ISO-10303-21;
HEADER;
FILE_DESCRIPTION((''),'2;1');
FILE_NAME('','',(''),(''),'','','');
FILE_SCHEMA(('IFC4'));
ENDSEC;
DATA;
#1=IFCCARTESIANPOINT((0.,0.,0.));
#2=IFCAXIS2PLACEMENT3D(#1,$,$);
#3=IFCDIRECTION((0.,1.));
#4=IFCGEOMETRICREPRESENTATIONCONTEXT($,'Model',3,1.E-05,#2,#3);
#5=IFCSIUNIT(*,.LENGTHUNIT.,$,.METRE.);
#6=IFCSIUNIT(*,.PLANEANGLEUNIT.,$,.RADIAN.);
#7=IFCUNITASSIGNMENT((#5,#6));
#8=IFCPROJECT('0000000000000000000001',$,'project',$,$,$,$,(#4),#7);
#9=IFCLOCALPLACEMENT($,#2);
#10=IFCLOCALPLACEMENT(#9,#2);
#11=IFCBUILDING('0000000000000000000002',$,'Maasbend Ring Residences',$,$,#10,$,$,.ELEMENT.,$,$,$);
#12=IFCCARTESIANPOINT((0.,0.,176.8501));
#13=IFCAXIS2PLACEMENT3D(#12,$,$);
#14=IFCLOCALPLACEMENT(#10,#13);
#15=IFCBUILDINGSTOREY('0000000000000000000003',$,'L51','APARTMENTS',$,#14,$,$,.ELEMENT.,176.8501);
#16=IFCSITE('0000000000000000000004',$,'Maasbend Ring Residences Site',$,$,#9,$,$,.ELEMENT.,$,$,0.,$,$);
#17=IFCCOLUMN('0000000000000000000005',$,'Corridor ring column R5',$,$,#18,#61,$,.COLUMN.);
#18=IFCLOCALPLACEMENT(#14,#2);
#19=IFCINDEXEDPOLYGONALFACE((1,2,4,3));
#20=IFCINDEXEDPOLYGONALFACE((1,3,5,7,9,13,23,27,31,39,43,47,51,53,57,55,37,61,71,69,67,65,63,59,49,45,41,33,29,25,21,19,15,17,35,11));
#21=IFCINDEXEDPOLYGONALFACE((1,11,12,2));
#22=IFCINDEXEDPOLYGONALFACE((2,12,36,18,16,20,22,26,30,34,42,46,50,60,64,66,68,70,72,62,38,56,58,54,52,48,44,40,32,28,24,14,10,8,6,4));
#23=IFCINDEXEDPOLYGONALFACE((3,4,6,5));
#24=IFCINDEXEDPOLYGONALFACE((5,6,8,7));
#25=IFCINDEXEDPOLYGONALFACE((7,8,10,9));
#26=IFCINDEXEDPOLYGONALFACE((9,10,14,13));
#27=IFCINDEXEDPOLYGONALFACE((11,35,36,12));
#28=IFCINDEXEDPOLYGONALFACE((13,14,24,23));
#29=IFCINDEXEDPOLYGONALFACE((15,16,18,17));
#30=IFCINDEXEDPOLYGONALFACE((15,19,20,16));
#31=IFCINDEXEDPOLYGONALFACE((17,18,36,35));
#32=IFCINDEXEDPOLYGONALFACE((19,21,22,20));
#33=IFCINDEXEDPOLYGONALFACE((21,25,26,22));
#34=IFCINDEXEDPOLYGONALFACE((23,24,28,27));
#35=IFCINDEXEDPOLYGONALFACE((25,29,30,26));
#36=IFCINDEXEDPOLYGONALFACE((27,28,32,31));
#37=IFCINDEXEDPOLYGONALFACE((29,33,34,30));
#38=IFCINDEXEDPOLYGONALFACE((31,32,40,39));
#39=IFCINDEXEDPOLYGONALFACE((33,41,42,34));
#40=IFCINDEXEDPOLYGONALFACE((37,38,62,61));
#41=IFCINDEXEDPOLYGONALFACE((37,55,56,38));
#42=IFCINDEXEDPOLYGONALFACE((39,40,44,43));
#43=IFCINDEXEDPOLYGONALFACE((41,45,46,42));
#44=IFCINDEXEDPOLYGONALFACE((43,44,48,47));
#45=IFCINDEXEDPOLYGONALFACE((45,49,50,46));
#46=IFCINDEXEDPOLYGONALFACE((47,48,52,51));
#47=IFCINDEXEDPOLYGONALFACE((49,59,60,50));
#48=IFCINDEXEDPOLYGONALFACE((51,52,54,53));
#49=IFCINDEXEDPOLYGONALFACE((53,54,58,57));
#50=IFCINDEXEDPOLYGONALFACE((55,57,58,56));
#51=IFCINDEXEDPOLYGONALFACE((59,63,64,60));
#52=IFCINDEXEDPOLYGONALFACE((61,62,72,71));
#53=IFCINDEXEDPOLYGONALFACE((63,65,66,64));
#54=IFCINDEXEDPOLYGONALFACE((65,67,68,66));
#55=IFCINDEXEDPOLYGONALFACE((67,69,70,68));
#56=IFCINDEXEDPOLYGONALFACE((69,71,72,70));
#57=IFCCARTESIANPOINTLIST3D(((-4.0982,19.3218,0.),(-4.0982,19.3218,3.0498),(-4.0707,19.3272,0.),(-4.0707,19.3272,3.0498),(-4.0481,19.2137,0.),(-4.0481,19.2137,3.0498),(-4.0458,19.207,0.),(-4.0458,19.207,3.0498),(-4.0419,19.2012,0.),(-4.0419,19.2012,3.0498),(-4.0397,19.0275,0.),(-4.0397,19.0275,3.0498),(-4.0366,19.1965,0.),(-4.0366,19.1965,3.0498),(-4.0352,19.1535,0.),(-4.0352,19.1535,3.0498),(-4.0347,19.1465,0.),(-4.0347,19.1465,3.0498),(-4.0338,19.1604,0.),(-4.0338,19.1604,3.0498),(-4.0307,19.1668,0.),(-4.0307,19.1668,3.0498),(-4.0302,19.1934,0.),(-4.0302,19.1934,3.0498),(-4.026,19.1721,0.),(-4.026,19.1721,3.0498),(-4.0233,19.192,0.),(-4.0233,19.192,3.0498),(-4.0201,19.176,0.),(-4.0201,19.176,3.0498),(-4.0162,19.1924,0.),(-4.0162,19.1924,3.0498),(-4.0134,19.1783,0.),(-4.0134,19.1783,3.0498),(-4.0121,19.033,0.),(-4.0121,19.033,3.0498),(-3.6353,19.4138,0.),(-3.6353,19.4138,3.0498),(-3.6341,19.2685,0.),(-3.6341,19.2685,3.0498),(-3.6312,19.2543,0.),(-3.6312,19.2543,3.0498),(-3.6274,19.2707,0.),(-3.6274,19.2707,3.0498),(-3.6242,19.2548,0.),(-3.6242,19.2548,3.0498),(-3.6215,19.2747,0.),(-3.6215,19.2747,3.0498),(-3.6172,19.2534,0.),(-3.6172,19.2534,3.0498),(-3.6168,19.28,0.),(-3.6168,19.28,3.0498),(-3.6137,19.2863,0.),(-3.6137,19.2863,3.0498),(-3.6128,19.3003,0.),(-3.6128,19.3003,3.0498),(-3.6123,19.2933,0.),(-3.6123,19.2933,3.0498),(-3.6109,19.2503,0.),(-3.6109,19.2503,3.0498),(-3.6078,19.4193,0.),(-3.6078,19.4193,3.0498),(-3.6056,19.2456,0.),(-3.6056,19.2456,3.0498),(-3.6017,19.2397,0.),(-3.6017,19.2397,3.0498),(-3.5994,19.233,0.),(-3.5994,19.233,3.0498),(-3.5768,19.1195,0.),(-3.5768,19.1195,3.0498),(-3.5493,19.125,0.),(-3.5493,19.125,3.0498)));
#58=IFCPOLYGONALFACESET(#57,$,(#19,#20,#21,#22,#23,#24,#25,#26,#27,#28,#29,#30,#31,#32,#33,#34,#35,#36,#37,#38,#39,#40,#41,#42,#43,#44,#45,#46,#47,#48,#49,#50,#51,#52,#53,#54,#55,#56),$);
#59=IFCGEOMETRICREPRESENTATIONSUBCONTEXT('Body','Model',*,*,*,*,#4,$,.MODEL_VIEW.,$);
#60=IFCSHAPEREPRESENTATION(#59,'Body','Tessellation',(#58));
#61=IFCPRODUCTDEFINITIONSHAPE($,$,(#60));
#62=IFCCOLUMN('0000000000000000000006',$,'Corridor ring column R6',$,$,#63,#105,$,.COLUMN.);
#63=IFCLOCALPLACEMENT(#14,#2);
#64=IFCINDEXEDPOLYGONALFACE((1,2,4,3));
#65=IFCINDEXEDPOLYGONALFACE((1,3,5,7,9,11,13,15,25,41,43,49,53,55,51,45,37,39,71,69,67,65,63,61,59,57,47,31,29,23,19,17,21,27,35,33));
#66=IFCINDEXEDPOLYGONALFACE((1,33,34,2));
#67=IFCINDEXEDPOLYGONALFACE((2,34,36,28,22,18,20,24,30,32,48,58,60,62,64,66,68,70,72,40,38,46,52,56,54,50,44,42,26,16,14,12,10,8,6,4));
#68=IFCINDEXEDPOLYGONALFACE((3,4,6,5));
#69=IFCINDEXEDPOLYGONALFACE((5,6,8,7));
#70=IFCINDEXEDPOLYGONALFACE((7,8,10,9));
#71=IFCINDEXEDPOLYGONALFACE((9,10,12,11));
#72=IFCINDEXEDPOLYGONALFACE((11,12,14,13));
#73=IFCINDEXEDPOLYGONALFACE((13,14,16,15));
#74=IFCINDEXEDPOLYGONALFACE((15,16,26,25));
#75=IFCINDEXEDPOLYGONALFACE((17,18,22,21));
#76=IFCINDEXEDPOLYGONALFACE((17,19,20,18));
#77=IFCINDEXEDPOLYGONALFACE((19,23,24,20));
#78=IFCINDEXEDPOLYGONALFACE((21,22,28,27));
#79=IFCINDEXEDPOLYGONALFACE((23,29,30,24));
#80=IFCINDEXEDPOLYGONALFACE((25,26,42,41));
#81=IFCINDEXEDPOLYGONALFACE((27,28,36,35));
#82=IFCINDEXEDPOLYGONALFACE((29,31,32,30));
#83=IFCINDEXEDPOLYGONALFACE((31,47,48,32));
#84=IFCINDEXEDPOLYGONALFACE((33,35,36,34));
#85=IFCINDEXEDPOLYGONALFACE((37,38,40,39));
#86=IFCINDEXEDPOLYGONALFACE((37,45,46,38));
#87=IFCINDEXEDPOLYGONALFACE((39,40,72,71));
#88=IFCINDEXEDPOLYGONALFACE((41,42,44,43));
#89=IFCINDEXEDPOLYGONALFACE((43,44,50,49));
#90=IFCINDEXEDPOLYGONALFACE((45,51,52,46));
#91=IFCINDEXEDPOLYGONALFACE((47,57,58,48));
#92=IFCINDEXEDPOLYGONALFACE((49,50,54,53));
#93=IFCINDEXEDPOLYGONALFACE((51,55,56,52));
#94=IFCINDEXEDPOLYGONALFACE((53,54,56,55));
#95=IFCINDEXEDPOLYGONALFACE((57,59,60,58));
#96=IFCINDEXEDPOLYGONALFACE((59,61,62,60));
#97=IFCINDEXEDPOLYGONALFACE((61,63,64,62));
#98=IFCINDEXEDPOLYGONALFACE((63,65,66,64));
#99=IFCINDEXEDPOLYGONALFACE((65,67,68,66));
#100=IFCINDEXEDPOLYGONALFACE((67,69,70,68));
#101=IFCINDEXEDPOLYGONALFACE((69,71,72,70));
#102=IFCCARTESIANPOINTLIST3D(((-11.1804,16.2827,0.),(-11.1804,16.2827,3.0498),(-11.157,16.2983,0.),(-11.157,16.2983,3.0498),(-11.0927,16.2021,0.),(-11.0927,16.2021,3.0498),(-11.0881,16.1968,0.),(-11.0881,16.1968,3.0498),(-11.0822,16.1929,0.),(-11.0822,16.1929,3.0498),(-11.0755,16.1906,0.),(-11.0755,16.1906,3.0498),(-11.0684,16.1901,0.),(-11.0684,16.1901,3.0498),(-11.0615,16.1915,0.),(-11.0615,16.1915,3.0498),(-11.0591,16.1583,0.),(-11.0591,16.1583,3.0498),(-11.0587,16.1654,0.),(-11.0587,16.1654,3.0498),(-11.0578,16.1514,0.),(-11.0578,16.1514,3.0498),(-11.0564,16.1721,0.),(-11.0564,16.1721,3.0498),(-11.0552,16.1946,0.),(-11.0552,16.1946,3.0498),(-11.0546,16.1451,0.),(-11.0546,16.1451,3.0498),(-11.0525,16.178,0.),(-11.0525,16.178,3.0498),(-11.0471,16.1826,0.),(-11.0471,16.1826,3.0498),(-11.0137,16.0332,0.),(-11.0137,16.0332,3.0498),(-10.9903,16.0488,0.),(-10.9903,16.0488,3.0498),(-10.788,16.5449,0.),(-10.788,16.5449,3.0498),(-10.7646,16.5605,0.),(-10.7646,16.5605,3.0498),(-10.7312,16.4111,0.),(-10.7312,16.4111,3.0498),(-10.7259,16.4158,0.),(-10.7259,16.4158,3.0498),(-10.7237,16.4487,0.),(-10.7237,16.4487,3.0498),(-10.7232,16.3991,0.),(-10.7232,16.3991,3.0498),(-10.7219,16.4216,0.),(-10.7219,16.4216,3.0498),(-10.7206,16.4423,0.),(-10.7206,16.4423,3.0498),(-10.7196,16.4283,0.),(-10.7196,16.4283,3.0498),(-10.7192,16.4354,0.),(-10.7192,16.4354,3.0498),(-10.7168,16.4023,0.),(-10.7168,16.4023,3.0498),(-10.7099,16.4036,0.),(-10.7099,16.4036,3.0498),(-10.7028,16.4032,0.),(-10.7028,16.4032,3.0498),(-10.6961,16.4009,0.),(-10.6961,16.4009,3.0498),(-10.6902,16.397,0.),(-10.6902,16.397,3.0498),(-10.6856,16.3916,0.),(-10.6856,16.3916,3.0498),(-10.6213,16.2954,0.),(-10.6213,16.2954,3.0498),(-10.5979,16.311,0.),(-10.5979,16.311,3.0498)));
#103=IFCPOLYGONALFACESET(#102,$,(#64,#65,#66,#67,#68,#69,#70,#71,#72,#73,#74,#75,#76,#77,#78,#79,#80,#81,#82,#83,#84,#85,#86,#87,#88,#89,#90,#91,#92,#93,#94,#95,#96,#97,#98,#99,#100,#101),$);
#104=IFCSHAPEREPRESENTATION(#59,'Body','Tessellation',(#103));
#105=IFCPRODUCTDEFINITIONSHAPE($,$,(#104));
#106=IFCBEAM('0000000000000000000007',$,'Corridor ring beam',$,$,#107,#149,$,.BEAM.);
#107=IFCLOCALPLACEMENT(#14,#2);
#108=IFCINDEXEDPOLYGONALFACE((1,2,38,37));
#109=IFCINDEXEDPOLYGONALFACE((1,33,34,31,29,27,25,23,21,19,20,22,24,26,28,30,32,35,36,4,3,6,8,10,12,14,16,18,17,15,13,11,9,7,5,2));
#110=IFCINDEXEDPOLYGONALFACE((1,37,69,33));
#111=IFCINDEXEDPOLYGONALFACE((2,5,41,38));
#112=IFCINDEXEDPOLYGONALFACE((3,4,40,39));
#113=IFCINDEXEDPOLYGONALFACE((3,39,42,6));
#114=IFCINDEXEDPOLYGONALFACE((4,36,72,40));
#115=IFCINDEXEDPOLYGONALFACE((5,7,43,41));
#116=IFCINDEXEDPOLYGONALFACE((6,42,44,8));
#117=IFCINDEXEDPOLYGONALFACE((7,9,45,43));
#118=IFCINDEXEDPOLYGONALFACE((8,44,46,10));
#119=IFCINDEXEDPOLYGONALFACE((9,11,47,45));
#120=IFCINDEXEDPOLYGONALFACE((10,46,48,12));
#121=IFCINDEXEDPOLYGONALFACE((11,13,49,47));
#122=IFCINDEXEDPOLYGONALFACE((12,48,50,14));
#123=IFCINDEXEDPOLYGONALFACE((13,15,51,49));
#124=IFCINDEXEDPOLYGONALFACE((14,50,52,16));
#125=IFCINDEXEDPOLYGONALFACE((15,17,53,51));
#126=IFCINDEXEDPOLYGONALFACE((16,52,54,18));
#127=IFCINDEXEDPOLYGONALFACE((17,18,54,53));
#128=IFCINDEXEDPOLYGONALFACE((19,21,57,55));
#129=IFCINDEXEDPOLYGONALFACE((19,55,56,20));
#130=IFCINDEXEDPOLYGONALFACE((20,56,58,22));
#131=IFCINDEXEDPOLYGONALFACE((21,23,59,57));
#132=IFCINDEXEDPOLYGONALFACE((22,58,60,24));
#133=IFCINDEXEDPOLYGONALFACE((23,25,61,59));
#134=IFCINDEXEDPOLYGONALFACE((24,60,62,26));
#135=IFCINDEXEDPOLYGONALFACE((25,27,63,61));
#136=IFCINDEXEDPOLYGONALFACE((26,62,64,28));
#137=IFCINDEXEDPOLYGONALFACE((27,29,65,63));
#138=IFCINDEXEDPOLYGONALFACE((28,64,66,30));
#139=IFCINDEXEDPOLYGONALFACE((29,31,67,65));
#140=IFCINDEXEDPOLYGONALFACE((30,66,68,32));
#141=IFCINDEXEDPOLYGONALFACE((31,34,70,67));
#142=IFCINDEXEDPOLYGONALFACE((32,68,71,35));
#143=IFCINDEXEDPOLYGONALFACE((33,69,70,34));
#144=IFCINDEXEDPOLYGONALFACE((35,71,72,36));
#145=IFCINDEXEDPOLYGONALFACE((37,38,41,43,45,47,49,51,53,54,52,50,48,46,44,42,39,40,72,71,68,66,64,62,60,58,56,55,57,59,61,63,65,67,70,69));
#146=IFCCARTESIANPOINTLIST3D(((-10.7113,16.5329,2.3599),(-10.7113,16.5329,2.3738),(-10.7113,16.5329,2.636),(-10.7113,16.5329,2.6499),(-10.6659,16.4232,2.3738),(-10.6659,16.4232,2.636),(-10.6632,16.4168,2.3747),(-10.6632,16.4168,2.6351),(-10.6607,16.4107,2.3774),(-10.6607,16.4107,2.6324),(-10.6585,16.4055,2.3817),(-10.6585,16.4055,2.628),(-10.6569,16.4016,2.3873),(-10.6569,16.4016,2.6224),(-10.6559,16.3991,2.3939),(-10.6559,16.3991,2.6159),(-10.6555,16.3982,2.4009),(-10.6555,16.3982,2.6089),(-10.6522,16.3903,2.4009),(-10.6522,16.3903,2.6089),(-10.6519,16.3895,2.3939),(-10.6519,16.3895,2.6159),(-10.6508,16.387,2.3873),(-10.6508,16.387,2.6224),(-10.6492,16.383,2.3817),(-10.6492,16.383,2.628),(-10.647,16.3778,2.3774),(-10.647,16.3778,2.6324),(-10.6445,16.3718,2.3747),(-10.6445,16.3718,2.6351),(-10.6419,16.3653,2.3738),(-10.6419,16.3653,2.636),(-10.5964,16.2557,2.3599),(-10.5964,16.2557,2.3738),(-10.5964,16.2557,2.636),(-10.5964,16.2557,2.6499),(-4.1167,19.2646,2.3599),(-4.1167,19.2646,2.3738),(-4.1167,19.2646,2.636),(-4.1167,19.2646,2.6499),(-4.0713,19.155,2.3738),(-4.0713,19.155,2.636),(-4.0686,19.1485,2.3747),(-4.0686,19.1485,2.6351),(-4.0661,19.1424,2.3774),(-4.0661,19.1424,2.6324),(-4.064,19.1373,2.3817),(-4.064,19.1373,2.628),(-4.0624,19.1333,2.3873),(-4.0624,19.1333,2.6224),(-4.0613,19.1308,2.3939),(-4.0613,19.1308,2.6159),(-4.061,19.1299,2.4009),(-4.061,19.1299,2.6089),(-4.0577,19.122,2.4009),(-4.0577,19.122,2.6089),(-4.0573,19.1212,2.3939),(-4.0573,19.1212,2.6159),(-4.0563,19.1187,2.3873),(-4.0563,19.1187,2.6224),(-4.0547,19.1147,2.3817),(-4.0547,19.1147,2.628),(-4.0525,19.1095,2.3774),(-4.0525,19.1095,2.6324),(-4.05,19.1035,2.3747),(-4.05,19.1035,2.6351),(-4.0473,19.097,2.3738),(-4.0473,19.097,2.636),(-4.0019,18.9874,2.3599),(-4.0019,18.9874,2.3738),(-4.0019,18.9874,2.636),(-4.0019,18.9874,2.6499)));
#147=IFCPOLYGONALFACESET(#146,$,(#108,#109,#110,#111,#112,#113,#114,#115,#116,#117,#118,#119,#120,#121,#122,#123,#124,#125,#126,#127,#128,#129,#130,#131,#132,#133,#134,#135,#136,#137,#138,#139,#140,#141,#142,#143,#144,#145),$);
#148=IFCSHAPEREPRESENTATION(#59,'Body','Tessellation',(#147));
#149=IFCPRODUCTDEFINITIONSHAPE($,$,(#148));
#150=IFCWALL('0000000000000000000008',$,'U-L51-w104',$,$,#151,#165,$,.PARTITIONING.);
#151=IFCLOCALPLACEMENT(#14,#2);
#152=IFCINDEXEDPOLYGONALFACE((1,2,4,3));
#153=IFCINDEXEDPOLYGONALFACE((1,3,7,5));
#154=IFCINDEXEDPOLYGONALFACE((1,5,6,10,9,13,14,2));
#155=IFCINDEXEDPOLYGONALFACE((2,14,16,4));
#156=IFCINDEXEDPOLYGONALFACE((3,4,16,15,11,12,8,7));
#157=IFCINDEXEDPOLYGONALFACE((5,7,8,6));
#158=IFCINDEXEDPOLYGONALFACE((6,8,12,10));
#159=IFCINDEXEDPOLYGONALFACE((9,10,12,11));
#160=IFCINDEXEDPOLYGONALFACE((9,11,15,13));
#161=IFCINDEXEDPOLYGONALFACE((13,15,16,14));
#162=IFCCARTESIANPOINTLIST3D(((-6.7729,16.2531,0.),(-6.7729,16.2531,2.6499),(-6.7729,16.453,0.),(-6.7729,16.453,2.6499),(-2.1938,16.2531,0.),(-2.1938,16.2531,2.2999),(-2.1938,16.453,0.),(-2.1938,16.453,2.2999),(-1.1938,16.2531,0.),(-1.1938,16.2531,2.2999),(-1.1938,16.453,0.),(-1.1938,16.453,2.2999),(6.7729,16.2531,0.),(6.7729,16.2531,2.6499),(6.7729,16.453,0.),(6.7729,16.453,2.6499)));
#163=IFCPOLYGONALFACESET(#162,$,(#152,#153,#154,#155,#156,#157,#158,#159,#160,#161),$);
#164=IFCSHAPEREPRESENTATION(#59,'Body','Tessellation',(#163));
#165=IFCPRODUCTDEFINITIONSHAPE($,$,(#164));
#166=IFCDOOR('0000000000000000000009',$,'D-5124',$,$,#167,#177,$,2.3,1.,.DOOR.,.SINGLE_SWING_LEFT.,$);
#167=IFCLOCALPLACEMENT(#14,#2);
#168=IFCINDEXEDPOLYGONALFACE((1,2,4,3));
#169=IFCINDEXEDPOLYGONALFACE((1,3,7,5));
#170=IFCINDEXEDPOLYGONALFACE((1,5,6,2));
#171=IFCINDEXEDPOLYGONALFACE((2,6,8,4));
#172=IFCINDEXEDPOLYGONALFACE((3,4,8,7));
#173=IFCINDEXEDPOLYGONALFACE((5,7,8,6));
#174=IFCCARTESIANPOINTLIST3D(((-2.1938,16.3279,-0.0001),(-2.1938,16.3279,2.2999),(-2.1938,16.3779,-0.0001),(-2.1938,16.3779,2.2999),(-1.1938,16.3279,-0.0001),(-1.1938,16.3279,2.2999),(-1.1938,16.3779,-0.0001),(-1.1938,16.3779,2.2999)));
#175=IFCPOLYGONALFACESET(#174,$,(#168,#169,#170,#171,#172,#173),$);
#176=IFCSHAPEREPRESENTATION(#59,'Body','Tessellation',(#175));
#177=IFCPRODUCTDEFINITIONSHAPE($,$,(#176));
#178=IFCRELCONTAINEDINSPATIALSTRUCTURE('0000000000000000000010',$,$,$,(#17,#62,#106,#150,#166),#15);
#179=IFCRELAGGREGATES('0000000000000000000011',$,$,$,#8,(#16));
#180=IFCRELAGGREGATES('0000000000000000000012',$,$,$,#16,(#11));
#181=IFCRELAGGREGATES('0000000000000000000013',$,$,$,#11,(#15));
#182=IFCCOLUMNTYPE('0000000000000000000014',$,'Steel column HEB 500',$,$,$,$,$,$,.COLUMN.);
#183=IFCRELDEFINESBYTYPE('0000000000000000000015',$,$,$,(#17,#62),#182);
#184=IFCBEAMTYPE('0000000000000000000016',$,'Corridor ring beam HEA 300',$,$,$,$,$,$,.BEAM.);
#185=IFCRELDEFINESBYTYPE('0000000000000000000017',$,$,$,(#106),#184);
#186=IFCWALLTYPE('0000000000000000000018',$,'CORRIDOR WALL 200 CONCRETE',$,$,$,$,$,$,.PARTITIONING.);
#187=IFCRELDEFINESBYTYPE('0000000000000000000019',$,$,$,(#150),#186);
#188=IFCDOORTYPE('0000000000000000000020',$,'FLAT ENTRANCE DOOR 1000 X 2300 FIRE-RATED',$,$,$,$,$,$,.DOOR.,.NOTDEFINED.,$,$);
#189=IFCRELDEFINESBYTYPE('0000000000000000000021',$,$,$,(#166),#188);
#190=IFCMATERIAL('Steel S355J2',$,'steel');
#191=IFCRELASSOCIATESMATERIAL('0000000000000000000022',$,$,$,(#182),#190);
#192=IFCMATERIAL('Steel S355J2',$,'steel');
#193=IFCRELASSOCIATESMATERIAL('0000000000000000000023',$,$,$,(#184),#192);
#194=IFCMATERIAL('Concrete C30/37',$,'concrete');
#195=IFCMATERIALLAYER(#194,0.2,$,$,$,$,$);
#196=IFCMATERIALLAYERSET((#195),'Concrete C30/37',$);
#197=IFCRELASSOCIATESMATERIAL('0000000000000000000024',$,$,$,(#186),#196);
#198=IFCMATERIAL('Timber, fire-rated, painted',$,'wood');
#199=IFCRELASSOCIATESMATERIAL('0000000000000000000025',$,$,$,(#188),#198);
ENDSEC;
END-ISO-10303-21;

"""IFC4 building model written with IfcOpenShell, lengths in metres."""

from ifc_helpers import new_model, si_unit, direction, frame, frame_2d, origin, origin_2d, place, context, subcontext, project, spatial, rectangle, i_section, extrude, material, layer, layer_set, material_profile, profile_set, type_object, element, fill, save


model = new_model("IFC4")

# Units and contexts
model_context = context("Model", 3, precision=1e-05, world=origin(), true_north=direction((0.0, 1.0)))
body_context = subcontext(model_context, "Body", "Model", "MODEL_VIEW")
ifc_project = project(units=[si_unit("LENGTHUNIT", "METRE"), si_unit("PLANEANGLEUNIT", "RADIAN")], contexts=[model_context])

# Site, building, storey
site_placement = place(None, origin())
site = spatial("IfcSite", under=ifc_project, at=site_placement, Name="Maasbend Ring Residences Site", CompositionType="ELEMENT", RefElevation=0.0)
building_placement = place(site_placement, origin())
building = spatial("IfcBuilding", under=site, at=building_placement, Name="Maasbend Ring Residences", CompositionType="ELEMENT")
storey_placement = place(building_placement, frame((0.0, 0.0, 176.8501)))
storey = spatial("IfcBuildingStorey", under=building, at=storey_placement, Name="L51", Description="APARTMENTS", CompositionType="ELEMENT", Elevation=176.8501)

# Columns
ifc_material_1 = material(Name="Steel S355J2", Category="steel")
ifc_material_profile_1 = material_profile(ifc_material_1, i_section(OverallWidth=0.3, OverallDepth=0.5, WebThickness=0.0144, FlangeThickness=0.0281, FilletRadius=0.0271, at=origin_2d()), Name="HEB 500")
ifc_profile_set_1 = profile_set([ifc_material_profile_1], Name="Steel S355J2")
column_type = type_object("IfcColumnType", Name="Steel column HEB 500", PredefinedType="COLUMN", material=ifc_profile_set_1)
for number, where, z_axis, x_axis, name in (
    (1, (-3.8237, 19.2234, 0.0), (0.0, 0.0, 1.0), (-0.19509, 0.980785, 0.0), "Corridor ring column R5"),
    (2, (-10.8892, 16.2969, 0.0), (0.0, 0.0, 1.0), (-0.55557, 0.83147, 0.0), "Corridor ring column R6"),
):
    element("IfcColumn", number, at=place(storey_placement, frame(where, z_axis=z_axis, x_axis=x_axis)), inside=storey, type_object=column_type, Name=name, PredefinedType="COLUMN", context=body_context, shape_type="SweptSolid", body=[
        extrude(i_section(OverallWidth=0.3, OverallDepth=0.5, WebThickness=0.0144, FlangeThickness=0.0281, FilletRadius=0.0271, at=origin_2d()), origin(), (0.0, 0.0, 1.0), 3.0498),
    ])

# Beam
ifc_material_2 = material(Name="Steel S355J2", Category="steel")
ifc_material_profile_2 = material_profile(ifc_material_2, i_section(OverallWidth=0.3, OverallDepth=0.29, WebThickness=0.0085, FlangeThickness=0.0139, FilletRadius=0.0271, at=origin_2d()), Name="HEA 300")
ifc_profile_set_2 = profile_set([ifc_material_profile_2], Name="Steel S355J2")
beam_type = type_object("IfcBeamType", Name="Corridor ring beam HEA 300", PredefinedType="BEAM", material=ifc_profile_set_2)
beam_placement = place(storey_placement, frame((-4.0593, 19.126, 2.5049), z_axis=(-0.923871, -0.382703, 0.0), x_axis=(0.382703, -0.923871, 0.0)))
element("IfcBeam", 3, at=beam_placement, inside=storey, type_object=beam_type, Name="Corridor ring beam", PredefinedType="BEAM", context=body_context, shape_type="SweptSolid", body=[
    extrude(i_section(OverallWidth=0.3, OverallDepth=0.29, WebThickness=0.0085, FlangeThickness=0.0139, FilletRadius=0.0271, at=origin_2d()), origin(), (0.0, 0.0, 1.0), 7.1379),
])

# Wall, opening, door
ifc_material_3 = material(Name="Concrete C30/37", Category="concrete")
ifc_layer_1 = layer(ifc_material_3, 0.2)
ifc_layer_set_1 = layer_set([ifc_layer_1], Name="Concrete C30/37")
wall_type_1 = type_object("IfcWallType", Name="CORRIDOR WALL 200 CONCRETE", PredefinedType="PARTITIONING", material=ifc_layer_set_1)
wall_1_placement = place(storey_placement, frame((-6.7729, 16.353, 0.0), z_axis=(0.0, 0.0, 1.0), x_axis=(1.0, 0.0, 0.0)))
wall_1 = element("IfcWall", 4, at=wall_1_placement, inside=storey, type_object=wall_type_1, Name="U-L51-w104", PredefinedType="PARTITIONING", context=body_context, shape_type="SweptSolid", body=[
    extrude(rectangle(XDim=13.5459, YDim=0.2, at=frame_2d((6.7729, 0.0))), origin(), (0.0, 0.0, 1.0), 2.6499),
])
opening_1_placement = place(wall_1_placement, frame((4.5791, 0.0, 0.0)))
opening_1 = element("IfcOpeningElement", 5, at=opening_1_placement, cuts=wall_1, PredefinedType="OPENING", context=body_context, shape_type="SweptSolid", body=[
    extrude(rectangle(XDim=1.0, YDim=2.3, at=frame_2d((0.5, 1.1499))), frame((0.0, 0.1099, 0.0), z_axis=(0.0, -1.0, 0.0), x_axis=(1.0, 0.0, 0.0)), (0.0, 0.0, 1.0), 0.22),
])
ifc_material_4 = material(Name="Timber, fire-rated, painted", Category="wood")
door_type_1 = type_object("IfcDoorType", Name="FLAT ENTRANCE DOOR 1000 X 2300 FIRE-RATED", OperationType="NOTDEFINED", PredefinedType="DOOR", material=ifc_material_4)
door_1_placement = place(opening_1_placement, origin())
door_1 = element("IfcDoor", 6, at=door_1_placement, inside=storey, type_object=door_type_1, Name="D-5124", OperationType="SINGLE_SWING_LEFT", OverallHeight=2.3, OverallWidth=1.0, PredefinedType="DOOR", context=body_context, shape_type="SweptSolid", body=[
    extrude(rectangle(XDim=1.0, YDim=2.3, at=frame_2d((0.5, 1.1499))), frame((0.0, 0.0249, 0.0), z_axis=(0.0, -1.0, 0.0), x_axis=(1.0, 0.0, 0.0)), (0.0, 0.0, 1.0), 0.05),
])
fill(opening_1, door_1)

save(model, "model.ifc")
